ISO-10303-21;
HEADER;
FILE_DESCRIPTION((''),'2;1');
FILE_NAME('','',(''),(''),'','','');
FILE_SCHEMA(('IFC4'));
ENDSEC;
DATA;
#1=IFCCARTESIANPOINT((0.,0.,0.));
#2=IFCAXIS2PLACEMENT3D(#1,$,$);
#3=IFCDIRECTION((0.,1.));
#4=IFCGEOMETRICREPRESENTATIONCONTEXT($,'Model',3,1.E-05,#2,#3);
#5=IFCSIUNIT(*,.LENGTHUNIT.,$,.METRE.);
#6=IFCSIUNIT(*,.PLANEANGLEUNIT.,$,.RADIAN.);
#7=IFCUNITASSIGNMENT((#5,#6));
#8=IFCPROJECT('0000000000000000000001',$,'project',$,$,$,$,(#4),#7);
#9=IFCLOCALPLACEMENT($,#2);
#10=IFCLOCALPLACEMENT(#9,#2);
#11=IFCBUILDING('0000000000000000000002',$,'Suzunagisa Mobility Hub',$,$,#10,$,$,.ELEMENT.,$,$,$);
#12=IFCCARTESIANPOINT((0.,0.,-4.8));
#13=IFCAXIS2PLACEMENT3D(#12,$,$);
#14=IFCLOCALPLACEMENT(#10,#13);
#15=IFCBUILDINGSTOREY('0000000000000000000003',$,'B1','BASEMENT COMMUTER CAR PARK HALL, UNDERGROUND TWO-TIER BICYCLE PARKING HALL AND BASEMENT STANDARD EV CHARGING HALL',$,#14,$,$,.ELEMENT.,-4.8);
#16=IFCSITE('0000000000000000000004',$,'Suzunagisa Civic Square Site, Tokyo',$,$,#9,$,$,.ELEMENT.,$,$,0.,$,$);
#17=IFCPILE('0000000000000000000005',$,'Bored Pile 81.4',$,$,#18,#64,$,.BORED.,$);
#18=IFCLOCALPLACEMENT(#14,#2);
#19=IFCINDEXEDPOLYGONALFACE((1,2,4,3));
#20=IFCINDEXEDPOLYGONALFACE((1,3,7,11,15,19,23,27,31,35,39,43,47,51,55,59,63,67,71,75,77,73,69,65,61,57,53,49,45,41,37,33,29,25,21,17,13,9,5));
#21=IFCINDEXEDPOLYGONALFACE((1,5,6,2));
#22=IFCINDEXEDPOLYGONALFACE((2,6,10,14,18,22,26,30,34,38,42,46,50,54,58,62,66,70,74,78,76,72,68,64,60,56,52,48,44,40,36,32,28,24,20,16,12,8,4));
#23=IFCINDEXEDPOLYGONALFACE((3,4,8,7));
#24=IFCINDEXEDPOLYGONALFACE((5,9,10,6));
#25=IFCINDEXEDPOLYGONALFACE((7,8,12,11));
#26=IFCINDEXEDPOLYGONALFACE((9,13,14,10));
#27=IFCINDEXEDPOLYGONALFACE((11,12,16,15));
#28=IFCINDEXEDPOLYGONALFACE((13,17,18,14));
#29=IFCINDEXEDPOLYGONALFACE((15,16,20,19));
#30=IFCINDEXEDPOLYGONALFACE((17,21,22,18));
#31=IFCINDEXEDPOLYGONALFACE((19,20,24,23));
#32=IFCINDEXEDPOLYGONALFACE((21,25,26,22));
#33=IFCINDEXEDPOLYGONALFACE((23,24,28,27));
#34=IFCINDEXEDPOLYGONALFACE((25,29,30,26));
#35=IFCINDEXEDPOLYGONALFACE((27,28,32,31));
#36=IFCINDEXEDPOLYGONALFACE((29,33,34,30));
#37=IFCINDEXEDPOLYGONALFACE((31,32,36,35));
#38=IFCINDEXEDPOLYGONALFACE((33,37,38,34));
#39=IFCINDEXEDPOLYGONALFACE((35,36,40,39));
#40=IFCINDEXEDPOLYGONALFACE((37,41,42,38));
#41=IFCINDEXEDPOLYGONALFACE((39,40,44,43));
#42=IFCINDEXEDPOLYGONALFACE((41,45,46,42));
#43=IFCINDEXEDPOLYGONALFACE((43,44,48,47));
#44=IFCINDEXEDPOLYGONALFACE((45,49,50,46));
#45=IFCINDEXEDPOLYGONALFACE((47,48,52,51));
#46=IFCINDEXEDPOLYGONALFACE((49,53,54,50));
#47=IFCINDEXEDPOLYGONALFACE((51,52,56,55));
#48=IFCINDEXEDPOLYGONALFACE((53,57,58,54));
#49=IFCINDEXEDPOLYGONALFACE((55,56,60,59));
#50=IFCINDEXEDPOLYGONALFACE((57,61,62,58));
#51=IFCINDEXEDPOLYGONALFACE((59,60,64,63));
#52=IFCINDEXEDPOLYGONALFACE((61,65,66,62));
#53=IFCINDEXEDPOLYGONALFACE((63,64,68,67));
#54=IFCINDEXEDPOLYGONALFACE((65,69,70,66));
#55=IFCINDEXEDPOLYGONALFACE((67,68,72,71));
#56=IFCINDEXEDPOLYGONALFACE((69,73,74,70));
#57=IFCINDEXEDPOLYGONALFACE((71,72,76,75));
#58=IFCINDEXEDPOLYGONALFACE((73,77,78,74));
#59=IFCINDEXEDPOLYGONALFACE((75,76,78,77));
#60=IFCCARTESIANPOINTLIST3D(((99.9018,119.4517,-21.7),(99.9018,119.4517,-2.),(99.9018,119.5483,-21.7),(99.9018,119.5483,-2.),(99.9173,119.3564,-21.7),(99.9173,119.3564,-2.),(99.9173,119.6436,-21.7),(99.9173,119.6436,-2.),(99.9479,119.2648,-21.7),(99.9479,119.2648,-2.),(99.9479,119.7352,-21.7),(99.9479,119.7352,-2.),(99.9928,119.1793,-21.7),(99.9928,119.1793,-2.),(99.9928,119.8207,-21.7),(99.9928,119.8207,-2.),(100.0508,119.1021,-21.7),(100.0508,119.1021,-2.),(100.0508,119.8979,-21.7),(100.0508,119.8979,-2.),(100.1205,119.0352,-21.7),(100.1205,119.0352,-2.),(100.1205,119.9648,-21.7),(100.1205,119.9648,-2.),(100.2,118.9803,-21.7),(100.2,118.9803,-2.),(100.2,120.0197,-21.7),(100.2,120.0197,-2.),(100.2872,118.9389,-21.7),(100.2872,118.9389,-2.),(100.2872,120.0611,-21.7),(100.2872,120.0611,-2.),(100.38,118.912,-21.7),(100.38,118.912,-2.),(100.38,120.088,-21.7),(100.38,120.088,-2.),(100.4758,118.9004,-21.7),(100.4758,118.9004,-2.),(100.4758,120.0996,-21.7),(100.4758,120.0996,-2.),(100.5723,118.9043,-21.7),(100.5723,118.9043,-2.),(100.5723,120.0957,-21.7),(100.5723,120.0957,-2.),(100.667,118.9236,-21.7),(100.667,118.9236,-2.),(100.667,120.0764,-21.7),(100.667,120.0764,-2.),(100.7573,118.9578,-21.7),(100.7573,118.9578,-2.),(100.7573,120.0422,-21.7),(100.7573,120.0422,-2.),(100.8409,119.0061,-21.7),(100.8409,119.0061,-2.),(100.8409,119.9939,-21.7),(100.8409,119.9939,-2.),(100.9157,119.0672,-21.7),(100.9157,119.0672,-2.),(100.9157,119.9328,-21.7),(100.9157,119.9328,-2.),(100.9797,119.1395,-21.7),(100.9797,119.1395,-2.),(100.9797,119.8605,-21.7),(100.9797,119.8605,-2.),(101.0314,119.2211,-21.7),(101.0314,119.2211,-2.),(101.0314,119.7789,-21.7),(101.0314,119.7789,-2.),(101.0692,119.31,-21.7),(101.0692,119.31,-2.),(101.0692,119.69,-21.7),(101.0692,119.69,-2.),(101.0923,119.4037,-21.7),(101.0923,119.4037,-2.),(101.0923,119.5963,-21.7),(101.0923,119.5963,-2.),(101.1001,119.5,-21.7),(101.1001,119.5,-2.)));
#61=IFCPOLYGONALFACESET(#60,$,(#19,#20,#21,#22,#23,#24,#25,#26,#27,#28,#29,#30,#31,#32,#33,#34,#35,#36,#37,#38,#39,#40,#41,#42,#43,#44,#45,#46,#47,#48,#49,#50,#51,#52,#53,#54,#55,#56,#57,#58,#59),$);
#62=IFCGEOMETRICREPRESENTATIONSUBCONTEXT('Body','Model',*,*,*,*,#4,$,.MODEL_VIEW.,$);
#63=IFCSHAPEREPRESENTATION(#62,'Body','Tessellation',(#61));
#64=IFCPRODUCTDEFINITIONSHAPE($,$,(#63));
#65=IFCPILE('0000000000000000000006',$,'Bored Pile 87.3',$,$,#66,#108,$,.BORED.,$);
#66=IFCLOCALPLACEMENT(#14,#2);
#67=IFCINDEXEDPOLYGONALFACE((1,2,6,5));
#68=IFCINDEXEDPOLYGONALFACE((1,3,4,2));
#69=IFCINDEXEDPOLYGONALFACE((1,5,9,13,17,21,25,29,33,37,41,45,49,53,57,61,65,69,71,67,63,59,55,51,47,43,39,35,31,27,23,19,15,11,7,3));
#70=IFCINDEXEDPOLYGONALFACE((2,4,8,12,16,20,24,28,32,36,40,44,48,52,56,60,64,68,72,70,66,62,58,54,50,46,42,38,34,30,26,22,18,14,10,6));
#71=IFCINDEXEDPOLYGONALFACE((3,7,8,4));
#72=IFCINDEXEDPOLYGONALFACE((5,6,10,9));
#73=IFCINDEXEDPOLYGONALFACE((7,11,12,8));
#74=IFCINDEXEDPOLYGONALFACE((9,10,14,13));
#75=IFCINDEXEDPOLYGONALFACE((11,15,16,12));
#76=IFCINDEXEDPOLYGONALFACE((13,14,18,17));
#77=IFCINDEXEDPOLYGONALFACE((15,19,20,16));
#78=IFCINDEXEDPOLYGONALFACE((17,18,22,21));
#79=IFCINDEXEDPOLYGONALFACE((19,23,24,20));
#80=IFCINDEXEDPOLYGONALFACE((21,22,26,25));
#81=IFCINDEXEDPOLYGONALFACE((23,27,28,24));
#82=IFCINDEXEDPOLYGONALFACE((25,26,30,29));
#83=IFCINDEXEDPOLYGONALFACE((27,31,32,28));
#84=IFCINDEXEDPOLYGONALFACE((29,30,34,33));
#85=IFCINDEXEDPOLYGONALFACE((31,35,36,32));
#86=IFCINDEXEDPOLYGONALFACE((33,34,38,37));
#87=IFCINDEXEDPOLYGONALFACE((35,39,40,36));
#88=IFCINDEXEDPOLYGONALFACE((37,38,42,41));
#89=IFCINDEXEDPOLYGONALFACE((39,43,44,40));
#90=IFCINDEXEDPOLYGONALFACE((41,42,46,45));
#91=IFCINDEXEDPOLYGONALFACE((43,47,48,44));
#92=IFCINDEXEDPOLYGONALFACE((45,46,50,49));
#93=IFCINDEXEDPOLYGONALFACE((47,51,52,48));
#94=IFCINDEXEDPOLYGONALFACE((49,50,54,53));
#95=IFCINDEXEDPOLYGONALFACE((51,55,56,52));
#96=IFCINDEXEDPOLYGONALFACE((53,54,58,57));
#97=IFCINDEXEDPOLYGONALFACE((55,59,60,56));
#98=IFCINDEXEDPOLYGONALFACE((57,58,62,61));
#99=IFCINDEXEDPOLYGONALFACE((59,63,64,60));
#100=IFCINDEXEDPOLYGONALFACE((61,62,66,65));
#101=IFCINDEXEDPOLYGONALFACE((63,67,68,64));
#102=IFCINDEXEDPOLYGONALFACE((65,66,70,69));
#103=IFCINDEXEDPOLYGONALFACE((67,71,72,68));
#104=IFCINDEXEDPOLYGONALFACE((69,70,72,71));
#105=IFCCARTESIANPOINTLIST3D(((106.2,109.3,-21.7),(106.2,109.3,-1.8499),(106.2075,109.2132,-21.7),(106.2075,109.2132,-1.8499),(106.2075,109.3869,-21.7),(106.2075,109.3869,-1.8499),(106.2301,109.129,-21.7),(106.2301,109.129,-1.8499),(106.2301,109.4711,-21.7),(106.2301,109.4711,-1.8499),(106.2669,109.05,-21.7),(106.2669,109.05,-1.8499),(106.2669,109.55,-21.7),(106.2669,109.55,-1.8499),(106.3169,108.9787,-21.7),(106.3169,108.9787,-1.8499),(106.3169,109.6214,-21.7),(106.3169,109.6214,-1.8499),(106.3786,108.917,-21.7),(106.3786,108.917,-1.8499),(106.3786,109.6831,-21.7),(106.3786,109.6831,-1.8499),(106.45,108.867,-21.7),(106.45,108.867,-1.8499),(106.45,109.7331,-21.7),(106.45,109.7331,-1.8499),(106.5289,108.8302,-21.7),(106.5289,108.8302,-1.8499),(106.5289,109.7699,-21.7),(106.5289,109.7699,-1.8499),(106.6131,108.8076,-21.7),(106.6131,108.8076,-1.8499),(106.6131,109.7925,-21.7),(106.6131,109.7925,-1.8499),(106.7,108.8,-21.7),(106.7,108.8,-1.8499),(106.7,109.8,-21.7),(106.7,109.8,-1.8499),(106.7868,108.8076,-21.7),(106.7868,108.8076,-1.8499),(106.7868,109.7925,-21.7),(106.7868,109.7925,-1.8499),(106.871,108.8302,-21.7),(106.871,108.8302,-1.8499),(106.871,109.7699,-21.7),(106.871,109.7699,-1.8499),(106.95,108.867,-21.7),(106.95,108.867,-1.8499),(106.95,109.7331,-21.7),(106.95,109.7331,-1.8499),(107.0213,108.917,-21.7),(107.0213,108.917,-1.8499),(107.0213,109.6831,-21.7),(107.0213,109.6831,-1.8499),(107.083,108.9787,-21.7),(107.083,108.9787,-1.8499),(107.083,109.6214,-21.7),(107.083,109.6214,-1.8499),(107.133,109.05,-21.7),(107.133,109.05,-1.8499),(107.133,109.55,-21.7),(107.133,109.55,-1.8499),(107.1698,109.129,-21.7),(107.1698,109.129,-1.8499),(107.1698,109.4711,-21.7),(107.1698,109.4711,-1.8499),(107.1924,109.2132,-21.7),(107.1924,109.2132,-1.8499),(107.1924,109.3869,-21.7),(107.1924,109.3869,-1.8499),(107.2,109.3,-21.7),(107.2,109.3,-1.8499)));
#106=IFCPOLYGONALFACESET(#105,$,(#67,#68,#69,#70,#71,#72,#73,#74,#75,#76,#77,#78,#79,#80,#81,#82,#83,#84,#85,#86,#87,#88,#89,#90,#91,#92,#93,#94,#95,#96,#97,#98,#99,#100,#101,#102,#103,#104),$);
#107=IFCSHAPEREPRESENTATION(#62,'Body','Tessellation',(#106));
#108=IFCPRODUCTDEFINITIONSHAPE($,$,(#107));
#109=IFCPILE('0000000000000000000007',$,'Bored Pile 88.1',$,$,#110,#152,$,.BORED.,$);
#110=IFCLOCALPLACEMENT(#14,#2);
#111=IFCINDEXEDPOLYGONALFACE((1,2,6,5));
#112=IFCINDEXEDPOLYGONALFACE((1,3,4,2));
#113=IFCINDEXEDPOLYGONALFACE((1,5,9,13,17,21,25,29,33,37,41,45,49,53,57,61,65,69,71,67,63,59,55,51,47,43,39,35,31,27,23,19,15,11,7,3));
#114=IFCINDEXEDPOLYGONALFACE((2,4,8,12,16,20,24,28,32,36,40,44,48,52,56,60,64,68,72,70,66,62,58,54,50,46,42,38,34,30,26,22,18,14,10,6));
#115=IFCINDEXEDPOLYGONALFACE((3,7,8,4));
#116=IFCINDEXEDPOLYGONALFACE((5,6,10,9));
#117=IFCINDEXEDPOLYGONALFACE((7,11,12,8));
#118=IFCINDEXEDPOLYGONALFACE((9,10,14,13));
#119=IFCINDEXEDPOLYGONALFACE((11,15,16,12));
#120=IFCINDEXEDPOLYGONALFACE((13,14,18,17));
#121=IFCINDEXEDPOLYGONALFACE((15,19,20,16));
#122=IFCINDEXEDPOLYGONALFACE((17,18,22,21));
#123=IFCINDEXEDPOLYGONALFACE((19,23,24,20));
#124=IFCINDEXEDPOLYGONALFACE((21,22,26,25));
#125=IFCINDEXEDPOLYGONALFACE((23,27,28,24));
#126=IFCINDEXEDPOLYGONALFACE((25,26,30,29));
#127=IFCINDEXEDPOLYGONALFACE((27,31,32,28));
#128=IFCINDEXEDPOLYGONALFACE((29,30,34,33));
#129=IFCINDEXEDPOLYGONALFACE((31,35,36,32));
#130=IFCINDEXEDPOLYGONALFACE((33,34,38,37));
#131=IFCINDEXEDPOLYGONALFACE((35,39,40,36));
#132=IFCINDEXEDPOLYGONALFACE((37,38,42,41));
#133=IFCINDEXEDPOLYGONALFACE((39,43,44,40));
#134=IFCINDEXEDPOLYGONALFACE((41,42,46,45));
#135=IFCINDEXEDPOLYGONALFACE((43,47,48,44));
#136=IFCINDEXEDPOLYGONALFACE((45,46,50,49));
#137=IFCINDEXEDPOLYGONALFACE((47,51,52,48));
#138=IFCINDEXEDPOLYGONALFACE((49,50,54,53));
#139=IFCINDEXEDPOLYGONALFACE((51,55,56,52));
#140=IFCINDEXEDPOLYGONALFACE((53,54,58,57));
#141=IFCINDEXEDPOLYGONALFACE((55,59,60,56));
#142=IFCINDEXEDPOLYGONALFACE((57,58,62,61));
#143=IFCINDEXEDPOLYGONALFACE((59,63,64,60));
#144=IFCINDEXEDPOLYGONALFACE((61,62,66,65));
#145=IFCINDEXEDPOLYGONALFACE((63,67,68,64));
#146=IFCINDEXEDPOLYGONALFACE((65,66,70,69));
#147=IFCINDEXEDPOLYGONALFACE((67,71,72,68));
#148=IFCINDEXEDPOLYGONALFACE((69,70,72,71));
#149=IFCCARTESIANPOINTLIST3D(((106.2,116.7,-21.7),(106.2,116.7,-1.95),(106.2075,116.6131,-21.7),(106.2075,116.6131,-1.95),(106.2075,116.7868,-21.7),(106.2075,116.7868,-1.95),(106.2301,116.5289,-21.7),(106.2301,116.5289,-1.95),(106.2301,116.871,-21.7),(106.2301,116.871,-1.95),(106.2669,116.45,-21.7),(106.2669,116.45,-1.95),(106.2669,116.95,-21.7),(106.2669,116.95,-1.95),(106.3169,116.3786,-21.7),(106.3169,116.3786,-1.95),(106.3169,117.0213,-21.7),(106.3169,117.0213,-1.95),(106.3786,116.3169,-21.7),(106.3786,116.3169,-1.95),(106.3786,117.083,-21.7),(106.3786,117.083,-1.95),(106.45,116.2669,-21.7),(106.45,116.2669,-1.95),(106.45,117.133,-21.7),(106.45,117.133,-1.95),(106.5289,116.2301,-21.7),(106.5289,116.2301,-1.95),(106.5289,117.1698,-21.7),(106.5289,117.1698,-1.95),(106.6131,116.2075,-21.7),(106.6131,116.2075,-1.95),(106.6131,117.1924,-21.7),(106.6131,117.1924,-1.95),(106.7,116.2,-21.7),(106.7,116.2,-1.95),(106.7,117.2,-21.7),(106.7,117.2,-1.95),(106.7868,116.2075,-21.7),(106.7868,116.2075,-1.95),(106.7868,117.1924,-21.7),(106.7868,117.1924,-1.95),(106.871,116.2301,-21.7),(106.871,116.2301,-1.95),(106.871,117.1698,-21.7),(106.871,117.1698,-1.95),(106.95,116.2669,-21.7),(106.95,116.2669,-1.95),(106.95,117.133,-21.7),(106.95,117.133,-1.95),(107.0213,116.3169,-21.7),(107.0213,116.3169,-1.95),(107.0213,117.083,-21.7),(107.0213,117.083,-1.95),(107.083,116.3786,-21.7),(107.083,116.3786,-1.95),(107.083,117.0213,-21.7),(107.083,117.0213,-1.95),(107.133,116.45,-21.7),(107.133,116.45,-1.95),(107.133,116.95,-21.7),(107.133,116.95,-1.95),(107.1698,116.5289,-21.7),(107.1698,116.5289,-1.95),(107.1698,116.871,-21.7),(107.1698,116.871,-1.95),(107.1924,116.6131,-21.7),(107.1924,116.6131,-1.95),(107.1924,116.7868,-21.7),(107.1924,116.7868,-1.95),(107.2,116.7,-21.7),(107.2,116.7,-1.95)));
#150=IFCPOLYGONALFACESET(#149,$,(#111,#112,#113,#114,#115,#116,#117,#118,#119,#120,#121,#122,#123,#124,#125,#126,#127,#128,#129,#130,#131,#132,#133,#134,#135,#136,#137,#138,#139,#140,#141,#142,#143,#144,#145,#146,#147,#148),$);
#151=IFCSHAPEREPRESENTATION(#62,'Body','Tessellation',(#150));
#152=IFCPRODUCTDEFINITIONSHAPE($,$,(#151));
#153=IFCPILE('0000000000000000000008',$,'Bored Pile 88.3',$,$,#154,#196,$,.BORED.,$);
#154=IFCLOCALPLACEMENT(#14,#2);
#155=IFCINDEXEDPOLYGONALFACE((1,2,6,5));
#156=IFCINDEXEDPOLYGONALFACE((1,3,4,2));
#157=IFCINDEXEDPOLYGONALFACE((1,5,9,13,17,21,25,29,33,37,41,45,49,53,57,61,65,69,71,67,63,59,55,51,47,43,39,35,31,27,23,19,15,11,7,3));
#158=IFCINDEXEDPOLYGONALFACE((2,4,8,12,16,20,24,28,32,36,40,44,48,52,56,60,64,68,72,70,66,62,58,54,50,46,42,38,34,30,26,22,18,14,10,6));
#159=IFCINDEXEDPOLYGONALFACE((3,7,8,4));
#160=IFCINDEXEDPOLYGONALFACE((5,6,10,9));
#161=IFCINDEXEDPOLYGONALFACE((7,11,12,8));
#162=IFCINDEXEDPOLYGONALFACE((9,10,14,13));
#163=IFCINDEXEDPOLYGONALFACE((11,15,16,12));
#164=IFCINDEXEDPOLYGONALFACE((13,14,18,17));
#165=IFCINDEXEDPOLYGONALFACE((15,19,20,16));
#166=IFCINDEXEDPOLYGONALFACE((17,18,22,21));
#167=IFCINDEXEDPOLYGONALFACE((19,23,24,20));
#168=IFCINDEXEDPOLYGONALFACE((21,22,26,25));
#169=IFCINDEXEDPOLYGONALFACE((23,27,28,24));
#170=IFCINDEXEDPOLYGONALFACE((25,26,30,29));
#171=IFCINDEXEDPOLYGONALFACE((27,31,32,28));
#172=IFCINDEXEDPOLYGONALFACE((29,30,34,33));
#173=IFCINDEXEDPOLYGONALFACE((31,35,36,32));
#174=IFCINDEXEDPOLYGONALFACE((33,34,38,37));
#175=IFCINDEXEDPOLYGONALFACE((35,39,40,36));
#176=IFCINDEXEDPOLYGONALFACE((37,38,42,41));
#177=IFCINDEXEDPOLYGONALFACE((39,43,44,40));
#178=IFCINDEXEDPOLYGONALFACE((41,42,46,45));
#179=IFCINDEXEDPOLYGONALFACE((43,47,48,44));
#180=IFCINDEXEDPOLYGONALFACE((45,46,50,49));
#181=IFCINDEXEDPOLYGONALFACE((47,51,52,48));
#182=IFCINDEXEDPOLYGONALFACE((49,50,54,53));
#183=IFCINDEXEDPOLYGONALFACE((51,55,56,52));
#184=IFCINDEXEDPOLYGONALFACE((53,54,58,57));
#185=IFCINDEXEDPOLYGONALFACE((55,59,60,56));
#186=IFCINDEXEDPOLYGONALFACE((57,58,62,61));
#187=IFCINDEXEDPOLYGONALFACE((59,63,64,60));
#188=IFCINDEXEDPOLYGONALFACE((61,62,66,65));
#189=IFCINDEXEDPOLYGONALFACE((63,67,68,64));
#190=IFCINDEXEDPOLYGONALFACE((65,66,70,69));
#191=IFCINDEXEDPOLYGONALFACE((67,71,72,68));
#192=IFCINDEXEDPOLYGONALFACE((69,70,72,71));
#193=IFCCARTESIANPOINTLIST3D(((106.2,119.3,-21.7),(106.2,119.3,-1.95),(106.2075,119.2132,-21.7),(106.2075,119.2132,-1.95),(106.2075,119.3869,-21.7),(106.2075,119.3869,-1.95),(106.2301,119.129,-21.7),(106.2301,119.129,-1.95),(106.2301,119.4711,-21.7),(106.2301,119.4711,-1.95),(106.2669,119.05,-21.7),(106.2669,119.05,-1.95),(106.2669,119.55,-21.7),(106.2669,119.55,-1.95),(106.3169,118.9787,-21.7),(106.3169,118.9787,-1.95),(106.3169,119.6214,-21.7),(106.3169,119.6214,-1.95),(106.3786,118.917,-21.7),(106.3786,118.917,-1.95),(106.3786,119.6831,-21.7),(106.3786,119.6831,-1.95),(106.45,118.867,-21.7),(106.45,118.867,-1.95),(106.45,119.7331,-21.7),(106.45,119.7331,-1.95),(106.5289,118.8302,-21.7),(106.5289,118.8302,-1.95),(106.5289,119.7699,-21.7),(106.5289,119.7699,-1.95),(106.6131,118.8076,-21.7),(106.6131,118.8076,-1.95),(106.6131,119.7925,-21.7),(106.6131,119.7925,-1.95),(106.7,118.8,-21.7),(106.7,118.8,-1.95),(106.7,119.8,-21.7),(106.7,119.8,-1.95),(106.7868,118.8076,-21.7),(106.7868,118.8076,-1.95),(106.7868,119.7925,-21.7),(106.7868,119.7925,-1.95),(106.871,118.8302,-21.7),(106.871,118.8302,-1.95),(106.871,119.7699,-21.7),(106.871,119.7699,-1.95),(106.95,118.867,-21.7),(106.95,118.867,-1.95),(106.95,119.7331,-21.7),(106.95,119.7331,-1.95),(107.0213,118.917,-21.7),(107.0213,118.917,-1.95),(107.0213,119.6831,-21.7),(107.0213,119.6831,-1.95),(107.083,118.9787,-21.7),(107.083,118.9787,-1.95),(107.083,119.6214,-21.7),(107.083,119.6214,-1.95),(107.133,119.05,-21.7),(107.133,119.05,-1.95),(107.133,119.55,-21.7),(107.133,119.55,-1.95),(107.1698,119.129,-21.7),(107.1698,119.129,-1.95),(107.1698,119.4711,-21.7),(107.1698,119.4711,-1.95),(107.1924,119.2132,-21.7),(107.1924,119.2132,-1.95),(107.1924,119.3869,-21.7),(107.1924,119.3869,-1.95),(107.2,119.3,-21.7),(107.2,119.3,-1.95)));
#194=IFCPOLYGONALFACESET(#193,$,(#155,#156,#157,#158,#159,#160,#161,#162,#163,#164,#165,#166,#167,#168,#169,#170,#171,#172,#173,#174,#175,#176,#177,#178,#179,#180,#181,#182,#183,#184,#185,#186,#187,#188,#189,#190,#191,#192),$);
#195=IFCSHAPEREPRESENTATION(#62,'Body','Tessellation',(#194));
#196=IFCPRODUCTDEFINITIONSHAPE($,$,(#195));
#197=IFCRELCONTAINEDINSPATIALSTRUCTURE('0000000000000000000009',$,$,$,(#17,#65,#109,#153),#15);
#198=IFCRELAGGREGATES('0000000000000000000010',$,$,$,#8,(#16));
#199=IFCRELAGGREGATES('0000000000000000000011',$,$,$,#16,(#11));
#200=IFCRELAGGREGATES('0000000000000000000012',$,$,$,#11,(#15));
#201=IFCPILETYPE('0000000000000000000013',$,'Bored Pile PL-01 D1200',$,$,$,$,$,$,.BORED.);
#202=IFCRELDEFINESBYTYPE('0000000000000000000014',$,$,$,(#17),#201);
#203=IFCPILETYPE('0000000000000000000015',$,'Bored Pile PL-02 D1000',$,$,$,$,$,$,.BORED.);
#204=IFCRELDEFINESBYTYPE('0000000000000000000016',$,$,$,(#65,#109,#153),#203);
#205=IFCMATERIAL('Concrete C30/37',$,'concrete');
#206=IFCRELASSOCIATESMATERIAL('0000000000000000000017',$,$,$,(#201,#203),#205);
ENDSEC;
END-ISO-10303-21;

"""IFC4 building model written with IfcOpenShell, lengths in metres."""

from ifc_helpers import new_model, si_unit, direction, frame, origin, origin_2d, place, context, subcontext, project, spatial, circle, extrude, material, material_profile, profile_set, type_object, element, save


model = new_model("IFC4")

# Units and contexts
model_context = context("Model", 3, precision=1e-05, world=origin(), true_north=direction((0.0, 1.0)))
body_context = subcontext(model_context, "Body", "Model", "MODEL_VIEW")
ifc_project = project(units=[si_unit("LENGTHUNIT", "METRE"), si_unit("PLANEANGLEUNIT", "RADIAN")], contexts=[model_context])

# Site, building, storey
site_placement = place(None, origin())
site = spatial("IfcSite", under=ifc_project, at=site_placement, Name="Suzunagisa Civic Square Site, Tokyo", CompositionType="ELEMENT", RefElevation=0.0)
building_placement = place(site_placement, origin())
building = spatial("IfcBuilding", under=site, at=building_placement, Name="Suzunagisa Mobility Hub", CompositionType="ELEMENT")
storey_placement = place(building_placement, frame((0.0, 0.0, -4.8)))
storey = spatial("IfcBuildingStorey", under=building, at=storey_placement, Name="B1", Description="BASEMENT COMMUTER CAR PARK HALL, UNDERGROUND TWO-TIER BICYCLE PARKING HALL AND BASEMENT STANDARD EV CHARGING HALL", CompositionType="ELEMENT", Elevation=-4.8)

# Piles
ifc_material_1 = material(Name="Concrete C30/37", Category="concrete")
ifc_material_profile_1 = material_profile(ifc_material_1, circle(Radius=0.6001, at=origin_2d()), Name="BORED PILE D1200")
ifc_profile_set_1 = profile_set([ifc_material_profile_1], Name="Concrete C30/37")
pile_type_1 = type_object("IfcPileType", Name="Bored Pile PL-01 D1200", PredefinedType="BORED", material=ifc_profile_set_1)
for number, where, z_axis, x_axis, name in (
    (1, (100.5, 119.5, -2.0), (0.0, 0.0, -1.0), (1.0, 0.0, 0.0), "Bored Pile 81.4"),
):
    element("IfcPile", number, at=place(storey_placement, frame(where, z_axis=z_axis, x_axis=x_axis)), inside=storey, type_object=pile_type_1, Name=name, PredefinedType="BORED", context=body_context, shape_type="SweptSolid", body=[
        extrude(circle(Radius=0.6001, at=origin_2d()), origin(), (0.0, 0.0, 1.0), 19.7),
    ])
ifc_material_profile_2 = material_profile(ifc_material_1, circle(Radius=0.5, at=origin_2d()), Name="BORED PILE D1000")
ifc_profile_set_2 = profile_set([ifc_material_profile_2], Name="Concrete C30/37")
pile_type_2 = type_object("IfcPileType", Name="Bored Pile PL-02 D1000", PredefinedType="BORED", material=ifc_profile_set_2)
pile_placement = place(storey_placement, frame((106.7, 109.3, -1.8499), z_axis=(0.0, 0.0, -1.0), x_axis=(1.0, 0.0, 0.0)))
element("IfcPile", 2, at=pile_placement, inside=storey, type_object=pile_type_2, Name="Bored Pile 87.3", PredefinedType="BORED", context=body_context, shape_type="SweptSolid", body=[
    extrude(circle(Radius=0.5, at=origin_2d()), origin(), (0.0, 0.0, 1.0), 19.8501),
])
for number, where, z_axis, x_axis, name in (
    (3, (106.7, 116.7, -1.95), (0.0, 0.0, -1.0), (1.0, 0.0, 0.0), "Bored Pile 88.1"),
    (4, (106.7, 119.3, -1.95), (0.0, 0.0, -1.0), (1.0, 0.0, 0.0), "Bored Pile 88.3"),
):
    element("IfcPile", number, at=place(storey_placement, frame(where, z_axis=z_axis, x_axis=x_axis)), inside=storey, type_object=pile_type_2, Name=name, PredefinedType="BORED", context=body_context, shape_type="SweptSolid", body=[
        extrude(circle(Radius=0.5, at=origin_2d()), origin(), (0.0, 0.0, 1.0), 19.75),
    ])

save(model, "model.ifc")
